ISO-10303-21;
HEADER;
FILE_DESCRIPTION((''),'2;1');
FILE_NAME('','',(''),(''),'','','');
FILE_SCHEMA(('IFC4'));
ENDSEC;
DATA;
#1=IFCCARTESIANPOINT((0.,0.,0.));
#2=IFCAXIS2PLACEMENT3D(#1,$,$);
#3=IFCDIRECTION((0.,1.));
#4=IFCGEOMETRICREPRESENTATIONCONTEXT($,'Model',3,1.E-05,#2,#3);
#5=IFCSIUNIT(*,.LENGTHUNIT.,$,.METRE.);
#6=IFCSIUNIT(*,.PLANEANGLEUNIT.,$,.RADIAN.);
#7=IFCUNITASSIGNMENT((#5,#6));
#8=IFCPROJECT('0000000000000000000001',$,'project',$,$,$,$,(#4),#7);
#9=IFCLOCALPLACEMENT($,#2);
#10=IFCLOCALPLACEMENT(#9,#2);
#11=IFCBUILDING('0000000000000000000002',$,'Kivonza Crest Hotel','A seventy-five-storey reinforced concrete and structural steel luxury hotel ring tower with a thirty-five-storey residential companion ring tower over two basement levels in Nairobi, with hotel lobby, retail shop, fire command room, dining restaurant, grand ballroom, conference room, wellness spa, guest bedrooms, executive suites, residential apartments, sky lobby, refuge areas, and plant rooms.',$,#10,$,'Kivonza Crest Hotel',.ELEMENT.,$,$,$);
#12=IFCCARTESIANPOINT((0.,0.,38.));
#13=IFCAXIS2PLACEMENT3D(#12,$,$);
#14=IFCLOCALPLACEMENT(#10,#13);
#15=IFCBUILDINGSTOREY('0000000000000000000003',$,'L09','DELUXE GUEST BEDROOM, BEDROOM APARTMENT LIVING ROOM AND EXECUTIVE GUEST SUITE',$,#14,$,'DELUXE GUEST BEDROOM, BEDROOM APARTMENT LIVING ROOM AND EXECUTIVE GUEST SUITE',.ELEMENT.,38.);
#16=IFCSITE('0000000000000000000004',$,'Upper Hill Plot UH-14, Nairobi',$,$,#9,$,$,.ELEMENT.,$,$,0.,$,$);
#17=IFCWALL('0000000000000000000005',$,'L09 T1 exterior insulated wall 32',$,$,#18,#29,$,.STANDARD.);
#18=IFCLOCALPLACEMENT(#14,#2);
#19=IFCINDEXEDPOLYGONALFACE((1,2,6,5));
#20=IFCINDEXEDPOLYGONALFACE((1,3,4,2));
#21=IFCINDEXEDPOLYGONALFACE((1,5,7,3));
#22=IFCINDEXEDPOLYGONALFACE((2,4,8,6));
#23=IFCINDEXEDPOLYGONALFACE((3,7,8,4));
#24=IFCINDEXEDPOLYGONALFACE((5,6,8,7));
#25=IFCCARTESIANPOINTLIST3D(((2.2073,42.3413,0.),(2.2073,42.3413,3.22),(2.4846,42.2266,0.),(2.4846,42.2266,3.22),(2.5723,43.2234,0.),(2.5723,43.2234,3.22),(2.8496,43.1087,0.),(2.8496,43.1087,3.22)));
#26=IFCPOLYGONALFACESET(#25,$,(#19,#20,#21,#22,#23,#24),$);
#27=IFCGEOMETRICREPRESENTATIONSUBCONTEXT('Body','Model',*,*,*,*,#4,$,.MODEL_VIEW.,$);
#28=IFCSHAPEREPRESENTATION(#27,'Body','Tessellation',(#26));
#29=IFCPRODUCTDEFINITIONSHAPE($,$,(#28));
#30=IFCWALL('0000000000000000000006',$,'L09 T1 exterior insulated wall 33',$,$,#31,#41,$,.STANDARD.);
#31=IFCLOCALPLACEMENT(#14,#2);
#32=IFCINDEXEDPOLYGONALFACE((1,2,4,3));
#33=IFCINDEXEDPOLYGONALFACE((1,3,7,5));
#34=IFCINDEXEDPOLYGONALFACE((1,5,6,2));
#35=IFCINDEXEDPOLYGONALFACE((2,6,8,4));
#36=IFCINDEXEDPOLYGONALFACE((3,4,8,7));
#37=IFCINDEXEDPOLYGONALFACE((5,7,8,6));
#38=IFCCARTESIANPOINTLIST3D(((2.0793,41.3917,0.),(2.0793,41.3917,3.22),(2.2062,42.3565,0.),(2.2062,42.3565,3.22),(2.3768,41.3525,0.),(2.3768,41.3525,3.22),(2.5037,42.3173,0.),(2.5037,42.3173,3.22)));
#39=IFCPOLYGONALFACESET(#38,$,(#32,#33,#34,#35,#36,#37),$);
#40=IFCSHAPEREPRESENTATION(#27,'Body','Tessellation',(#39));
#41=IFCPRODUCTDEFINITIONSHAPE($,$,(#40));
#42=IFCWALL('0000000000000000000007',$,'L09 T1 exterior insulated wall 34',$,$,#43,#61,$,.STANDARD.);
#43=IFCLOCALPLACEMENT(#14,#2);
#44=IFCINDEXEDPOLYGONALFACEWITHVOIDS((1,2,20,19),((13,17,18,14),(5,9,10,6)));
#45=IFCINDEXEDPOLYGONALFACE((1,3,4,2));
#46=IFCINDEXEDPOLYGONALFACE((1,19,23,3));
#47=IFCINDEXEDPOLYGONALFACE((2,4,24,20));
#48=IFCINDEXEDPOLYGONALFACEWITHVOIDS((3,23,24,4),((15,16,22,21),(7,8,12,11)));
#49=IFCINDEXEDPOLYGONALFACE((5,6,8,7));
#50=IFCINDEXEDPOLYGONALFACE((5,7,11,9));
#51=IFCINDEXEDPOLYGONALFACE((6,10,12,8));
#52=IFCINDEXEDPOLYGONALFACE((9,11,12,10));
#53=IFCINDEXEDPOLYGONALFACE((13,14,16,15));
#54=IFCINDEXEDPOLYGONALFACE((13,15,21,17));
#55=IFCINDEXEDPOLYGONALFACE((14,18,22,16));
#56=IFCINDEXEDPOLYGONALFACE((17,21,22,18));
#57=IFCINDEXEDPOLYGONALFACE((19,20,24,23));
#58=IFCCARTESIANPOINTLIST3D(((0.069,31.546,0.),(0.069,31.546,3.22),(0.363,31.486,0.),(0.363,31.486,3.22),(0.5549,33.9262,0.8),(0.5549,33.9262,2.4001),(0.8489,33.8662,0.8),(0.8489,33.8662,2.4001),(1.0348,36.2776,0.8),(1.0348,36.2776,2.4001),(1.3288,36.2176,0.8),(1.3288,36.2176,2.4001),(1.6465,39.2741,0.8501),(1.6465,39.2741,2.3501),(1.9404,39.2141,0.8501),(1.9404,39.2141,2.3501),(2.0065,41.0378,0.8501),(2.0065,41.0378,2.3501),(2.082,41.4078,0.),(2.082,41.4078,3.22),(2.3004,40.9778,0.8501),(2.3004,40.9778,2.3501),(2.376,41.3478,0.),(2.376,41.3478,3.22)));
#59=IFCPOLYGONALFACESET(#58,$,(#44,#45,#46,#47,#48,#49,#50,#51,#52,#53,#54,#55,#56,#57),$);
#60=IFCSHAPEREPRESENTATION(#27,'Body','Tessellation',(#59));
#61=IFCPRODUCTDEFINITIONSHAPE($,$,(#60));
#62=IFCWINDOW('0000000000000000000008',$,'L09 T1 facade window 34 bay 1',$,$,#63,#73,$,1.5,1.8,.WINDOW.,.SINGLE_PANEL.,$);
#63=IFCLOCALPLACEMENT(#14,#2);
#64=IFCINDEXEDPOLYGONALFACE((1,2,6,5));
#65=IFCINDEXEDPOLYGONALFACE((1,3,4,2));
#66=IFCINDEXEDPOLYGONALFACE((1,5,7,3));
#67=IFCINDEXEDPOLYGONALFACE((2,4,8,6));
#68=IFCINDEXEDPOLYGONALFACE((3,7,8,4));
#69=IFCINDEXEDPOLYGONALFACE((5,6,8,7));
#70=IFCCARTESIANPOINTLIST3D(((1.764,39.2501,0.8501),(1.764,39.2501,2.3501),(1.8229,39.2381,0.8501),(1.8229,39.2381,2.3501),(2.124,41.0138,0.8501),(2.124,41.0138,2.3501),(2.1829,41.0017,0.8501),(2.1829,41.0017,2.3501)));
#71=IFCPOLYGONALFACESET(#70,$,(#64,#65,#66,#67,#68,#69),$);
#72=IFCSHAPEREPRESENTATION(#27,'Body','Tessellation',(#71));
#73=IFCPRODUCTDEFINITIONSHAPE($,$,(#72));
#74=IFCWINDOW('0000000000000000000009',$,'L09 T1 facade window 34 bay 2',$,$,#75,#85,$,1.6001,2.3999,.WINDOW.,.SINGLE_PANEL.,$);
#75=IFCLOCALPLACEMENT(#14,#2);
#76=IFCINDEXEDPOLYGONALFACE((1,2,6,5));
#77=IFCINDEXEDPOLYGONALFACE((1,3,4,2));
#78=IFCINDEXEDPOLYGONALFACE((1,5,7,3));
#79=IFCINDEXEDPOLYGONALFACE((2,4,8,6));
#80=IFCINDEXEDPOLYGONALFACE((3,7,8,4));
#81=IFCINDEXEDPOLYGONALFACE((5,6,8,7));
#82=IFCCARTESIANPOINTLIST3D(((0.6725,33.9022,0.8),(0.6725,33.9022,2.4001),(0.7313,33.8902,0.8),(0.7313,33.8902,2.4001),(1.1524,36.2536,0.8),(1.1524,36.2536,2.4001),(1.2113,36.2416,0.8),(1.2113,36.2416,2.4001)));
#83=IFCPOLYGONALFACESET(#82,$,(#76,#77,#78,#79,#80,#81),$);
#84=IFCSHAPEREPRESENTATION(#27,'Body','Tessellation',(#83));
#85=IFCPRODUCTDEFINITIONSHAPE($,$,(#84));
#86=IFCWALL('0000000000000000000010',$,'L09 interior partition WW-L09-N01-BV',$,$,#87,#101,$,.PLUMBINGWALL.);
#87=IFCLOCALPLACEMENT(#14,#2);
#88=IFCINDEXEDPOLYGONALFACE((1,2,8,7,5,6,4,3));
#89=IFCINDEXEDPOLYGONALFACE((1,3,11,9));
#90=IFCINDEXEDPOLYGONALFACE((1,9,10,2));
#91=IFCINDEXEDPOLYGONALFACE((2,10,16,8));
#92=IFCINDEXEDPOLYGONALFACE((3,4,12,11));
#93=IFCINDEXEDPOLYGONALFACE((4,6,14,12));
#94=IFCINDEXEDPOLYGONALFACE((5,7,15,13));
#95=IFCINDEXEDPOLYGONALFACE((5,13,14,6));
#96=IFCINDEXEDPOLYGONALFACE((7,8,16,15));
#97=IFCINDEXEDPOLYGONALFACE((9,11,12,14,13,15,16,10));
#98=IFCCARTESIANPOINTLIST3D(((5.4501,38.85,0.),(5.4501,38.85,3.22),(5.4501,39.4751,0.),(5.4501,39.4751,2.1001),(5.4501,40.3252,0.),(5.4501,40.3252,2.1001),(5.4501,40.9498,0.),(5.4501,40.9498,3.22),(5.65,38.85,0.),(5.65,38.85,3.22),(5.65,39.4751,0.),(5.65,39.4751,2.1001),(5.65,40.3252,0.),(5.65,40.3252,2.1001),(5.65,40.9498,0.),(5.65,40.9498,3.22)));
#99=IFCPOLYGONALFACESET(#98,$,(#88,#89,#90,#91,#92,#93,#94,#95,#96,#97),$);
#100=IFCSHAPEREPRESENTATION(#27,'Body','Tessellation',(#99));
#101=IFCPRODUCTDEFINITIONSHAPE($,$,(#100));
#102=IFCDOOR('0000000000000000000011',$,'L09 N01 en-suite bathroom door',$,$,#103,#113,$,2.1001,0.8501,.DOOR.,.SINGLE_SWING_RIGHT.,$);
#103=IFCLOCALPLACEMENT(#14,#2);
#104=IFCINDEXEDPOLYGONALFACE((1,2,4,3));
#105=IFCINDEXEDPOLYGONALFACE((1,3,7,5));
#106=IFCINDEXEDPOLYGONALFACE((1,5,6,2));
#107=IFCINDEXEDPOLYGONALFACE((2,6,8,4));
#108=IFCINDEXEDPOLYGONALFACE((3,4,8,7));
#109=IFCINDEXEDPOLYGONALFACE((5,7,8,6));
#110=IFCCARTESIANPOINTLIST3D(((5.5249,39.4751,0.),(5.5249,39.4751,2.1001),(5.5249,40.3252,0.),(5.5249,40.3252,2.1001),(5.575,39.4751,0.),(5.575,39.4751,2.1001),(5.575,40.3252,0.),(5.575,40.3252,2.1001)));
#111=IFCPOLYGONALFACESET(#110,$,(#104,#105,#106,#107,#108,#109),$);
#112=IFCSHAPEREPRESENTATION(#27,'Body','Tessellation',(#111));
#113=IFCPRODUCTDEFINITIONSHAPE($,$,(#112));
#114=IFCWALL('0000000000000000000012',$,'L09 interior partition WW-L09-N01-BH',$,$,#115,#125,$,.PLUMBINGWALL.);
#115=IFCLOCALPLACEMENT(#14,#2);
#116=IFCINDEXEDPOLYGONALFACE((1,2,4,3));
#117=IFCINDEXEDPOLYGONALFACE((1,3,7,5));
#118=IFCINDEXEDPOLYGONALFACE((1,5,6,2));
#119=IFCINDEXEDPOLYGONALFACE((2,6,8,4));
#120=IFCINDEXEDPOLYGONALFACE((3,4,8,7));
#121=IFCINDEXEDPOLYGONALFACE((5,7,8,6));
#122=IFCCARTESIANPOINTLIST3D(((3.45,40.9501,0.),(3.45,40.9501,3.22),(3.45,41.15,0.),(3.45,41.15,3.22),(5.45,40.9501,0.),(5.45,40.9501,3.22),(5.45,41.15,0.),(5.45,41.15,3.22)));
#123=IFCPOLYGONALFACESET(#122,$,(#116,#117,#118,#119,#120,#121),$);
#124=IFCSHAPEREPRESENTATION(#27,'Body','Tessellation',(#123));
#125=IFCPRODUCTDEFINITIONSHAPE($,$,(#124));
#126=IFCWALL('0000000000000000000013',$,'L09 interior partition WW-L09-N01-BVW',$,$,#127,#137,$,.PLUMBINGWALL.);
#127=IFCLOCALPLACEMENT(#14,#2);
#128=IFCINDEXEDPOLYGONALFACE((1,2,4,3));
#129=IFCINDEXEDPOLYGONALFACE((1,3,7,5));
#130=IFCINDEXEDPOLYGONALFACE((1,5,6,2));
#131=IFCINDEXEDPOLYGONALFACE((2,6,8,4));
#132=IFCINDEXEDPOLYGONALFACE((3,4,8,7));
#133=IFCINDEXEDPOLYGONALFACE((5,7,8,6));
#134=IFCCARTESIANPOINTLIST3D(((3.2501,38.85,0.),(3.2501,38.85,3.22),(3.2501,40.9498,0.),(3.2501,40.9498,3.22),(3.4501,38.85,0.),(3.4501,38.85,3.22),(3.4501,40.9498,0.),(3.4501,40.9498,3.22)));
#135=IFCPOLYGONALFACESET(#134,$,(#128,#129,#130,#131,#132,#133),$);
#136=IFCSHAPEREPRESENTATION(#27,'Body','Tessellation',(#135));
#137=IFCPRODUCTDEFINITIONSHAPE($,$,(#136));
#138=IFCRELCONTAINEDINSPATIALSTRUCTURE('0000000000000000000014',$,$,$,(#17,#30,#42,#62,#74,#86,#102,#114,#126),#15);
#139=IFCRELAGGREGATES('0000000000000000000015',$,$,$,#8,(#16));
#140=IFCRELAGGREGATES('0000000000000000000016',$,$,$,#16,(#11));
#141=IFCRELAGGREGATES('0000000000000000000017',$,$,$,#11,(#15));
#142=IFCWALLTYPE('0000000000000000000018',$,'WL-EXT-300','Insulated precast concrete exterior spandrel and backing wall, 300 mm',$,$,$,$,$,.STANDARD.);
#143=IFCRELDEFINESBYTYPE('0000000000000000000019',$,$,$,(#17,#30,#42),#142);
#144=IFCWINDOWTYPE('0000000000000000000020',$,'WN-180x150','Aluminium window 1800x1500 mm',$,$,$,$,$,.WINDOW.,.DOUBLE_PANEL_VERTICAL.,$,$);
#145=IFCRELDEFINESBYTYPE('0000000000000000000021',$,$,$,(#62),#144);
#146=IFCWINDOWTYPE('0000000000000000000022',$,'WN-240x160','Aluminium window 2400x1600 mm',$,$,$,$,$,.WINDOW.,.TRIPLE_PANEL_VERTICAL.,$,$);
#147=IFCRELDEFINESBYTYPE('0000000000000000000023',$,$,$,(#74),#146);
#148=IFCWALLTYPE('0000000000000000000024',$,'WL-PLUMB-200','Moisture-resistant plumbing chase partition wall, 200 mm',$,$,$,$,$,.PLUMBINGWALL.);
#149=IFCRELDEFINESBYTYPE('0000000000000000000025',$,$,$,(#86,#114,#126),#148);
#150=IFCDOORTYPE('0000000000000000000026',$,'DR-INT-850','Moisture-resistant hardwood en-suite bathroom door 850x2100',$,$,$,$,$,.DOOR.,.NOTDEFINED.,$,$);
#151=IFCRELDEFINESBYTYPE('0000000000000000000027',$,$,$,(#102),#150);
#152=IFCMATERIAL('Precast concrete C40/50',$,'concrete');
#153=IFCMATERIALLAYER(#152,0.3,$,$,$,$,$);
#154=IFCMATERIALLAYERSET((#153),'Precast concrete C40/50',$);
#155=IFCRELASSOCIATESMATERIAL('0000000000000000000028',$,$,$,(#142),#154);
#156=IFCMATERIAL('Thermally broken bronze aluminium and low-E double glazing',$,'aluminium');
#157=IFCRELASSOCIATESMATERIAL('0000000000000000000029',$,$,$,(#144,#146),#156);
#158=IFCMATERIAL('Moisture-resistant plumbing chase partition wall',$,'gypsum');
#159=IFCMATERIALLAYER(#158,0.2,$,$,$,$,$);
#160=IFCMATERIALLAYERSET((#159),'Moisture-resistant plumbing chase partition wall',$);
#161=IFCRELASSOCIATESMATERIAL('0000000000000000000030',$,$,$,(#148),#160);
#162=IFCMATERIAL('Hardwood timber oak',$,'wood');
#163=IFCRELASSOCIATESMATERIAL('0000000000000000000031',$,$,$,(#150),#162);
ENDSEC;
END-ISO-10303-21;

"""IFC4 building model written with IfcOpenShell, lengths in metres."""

from ifc_helpers import new_model, si_unit, direction, frame, frame_2d, origin, place, context, subcontext, project, spatial, rectangle, extrude, material, layer, layer_set, type_object, element, fill, save


model = new_model("IFC4")

# Units and contexts
model_context = context("Model", 3, precision=1e-05, world=origin(), true_north=direction((0.0, 1.0)))
body_context = subcontext(model_context, "Body", "Model", "MODEL_VIEW")
ifc_project = project(units=[si_unit("LENGTHUNIT", "METRE"), si_unit("PLANEANGLEUNIT", "RADIAN")], contexts=[model_context])

# Site, building, storey
site_placement = place(None, origin())
site = spatial("IfcSite", under=ifc_project, at=site_placement, Name="Upper Hill Plot UH-14, Nairobi", CompositionType="ELEMENT", RefElevation=0.0)
building_placement = place(site_placement, origin())
building = spatial("IfcBuilding", under=site, at=building_placement, Name="Kivonza Crest Hotel", Description="A seventy-five-storey reinforced concrete and structural steel luxury hotel ring tower with a thirty-five-storey residential companion ring tower over two basement levels in Nairobi, with hotel lobby, retail shop, fire command room, dining restaurant, grand ballroom, conference room, wellness spa, guest bedrooms, executive suites, residential apartments, sky lobby, refuge areas, and plant rooms.", LongName="Kivonza Crest Hotel", CompositionType="ELEMENT")
storey_placement = place(building_placement, frame((0.0, 0.0, 38.0)))
storey = spatial("IfcBuildingStorey", under=building, at=storey_placement, Name="L09", Description="DELUXE GUEST BEDROOM, BEDROOM APARTMENT LIVING ROOM AND EXECUTIVE GUEST SUITE", LongName="DELUXE GUEST BEDROOM, BEDROOM APARTMENT LIVING ROOM AND EXECUTIVE GUEST SUITE", CompositionType="ELEMENT", Elevation=38.0)

# Shared definitions
ifc_material_1 = material(Name="Hardwood timber oak", Category="wood")

# Walls
ifc_material_2 = material(Name="Precast concrete C40/50", Category="concrete")
ifc_layer_1 = layer(ifc_material_2, 0.3)
ifc_layer_set_1 = layer_set([ifc_layer_1], Name="Precast concrete C40/50")
wall_type_1 = type_object("IfcWallType", Name="WL-EXT-300", Description="Insulated precast concrete exterior spandrel and backing wall, 300 mm", PredefinedType="STANDARD", material=ifc_layer_set_1)
wall_1_placement = place(storey_placement, frame((2.7109, 43.166, 0.0), z_axis=(0.0, 0.0, 1.0), x_axis=(-0.382344, -0.92402, 0.0)))
element("IfcWall", 1, at=wall_1_placement, inside=storey, type_object=wall_type_1, Name="L09 T1 exterior insulated wall 32", PredefinedType="STANDARD", context=body_context, shape_type="SweptSolid", body=[
    extrude(rectangle(XDim=0.9546, YDim=0.3, at=frame_2d((0.4773, 0.0))), origin(), (0.0, 0.0, 1.0), 3.22),
])
wall_2_placement = place(storey_placement, frame((2.355, 42.3369, 0.0), z_axis=(0.0, 0.0, 1.0), x_axis=(-0.130455, -0.991454, 0.0)))
element("IfcWall", 2, at=wall_2_placement, inside=storey, type_object=wall_type_1, Name="L09 T1 exterior insulated wall 33", PredefinedType="STANDARD", context=body_context, shape_type="SweptSolid", body=[
    extrude(rectangle(XDim=0.9731, YDim=0.3, at=frame_2d((0.4866, 0.0))), origin(), (0.0, 0.0, 1.0), 3.22),
])

# Wall, openings, windows
wall_3_placement = place(storey_placement, frame((2.229, 41.3779, 0.0), z_axis=(0.0, 0.0, 1.0), x_axis=(-0.199991, -0.979798, 0.0)))
wall_3 = element("IfcWall", 3, at=wall_3_placement, inside=storey, type_object=wall_type_1, Name="L09 T1 exterior insulated wall 34", PredefinedType="STANDARD", context=body_context, shape_type="SweptSolid", body=[
    extrude(rectangle(XDim=10.0652, YDim=0.3, at=frame_2d((5.0327, 0.0))), origin(), (0.0, 0.0, 1.0), 3.22),
])
opening_1_placement = place(wall_3_placement, frame((0.3779, 0.0, 0.8501)))
opening_1 = element("IfcOpeningElement", 4, at=opening_1_placement, cuts=wall_3, PredefinedType="OPENING", context=body_context, shape_type="SweptSolid", body=[
    extrude(rectangle(XDim=1.8, YDim=1.5, at=frame_2d((0.8999, 0.75))), frame((0.0, 0.1602, 0.0), z_axis=(0.0, -1.0, 0.0), x_axis=(1.0, 0.0, 0.0)), (0.0, 0.0, 1.0), 0.3201),
])
opening_2_placement = place(wall_3_placement, frame((5.2361, 0.0, 0.8)))
opening_2 = element("IfcOpeningElement", 5, at=opening_2_placement, cuts=wall_3, PredefinedType="OPENING", context=body_context, shape_type="SweptSolid", body=[
    extrude(rectangle(XDim=2.3999, YDim=1.6001, at=frame_2d((1.2, 0.8))), frame((0.0, 0.1602, 0.0), z_axis=(0.0, -1.0, 0.0), x_axis=(1.0, 0.0, 0.0)), (0.0, 0.0, 1.0), 0.3201),
])
ifc_material_3 = material(Name="Thermally broken bronze aluminium and low-E double glazing", Category="aluminium")
window_type_1 = type_object("IfcWindowType", Name="WN-180x150", Description="Aluminium window 1800x1500 mm", PartitioningType="DOUBLE_PANEL_VERTICAL", PredefinedType="WINDOW", material=ifc_material_3)
window_1_placement = place(opening_1_placement, origin())
window_1 = element("IfcWindow", 6, at=window_1_placement, inside=storey, type_object=window_type_1, Name="L09 T1 facade window 34 bay 1", OverallHeight=1.5, OverallWidth=1.8, PartitioningType="SINGLE_PANEL", PredefinedType="WINDOW", context=body_context, shape_type="SweptSolid", body=[
    extrude(rectangle(XDim=1.8, YDim=1.5, at=frame_2d((0.8999, 0.75))), frame((0.0, 0.03, 0.0), z_axis=(0.0, -1.0, 0.0), x_axis=(1.0, 0.0, 0.0)), (0.0, 0.0, 1.0), 0.0601),
])
fill(opening_1, window_1)
window_type_2 = type_object("IfcWindowType", Name="WN-240x160", Description="Aluminium window 2400x1600 mm", PartitioningType="TRIPLE_PANEL_VERTICAL", PredefinedType="WINDOW", material=ifc_material_3)
window_2_placement = place(opening_2_placement, origin())
window_2 = element("IfcWindow", 7, at=window_2_placement, inside=storey, type_object=window_type_2, Name="L09 T1 facade window 34 bay 2", OverallHeight=1.6001, OverallWidth=2.3999, PartitioningType="SINGLE_PANEL", PredefinedType="WINDOW", context=body_context, shape_type="SweptSolid", body=[
    extrude(rectangle(XDim=2.3999, YDim=1.6001, at=frame_2d((1.2, 0.8))), frame((0.0, 0.03, 0.0), z_axis=(0.0, -1.0, 0.0), x_axis=(1.0, 0.0, 0.0)), (0.0, 0.0, 1.0), 0.0601),
])
fill(opening_2, window_2)

# Wall, opening, door
ifc_material_4 = material(Name="Moisture-resistant plumbing chase partition wall", Category="gypsum")
ifc_layer_2 = layer(ifc_material_4, 0.2)
ifc_layer_set_2 = layer_set([ifc_layer_2], Name="Moisture-resistant plumbing chase partition wall")
wall_type_2 = type_object("IfcWallType", Name="WL-PLUMB-200", Description="Moisture-resistant plumbing chase partition wall, 200 mm", PredefinedType="PLUMBINGWALL", material=ifc_layer_set_2)
wall_4_placement = place(storey_placement, frame((5.55, 38.8501, 0.0), z_axis=(0.0, 0.0, 1.0), x_axis=(0.0, 1.0, 0.0)))
wall_4 = element("IfcWall", 8, at=wall_4_placement, inside=storey, type_object=wall_type_2, Name="L09 interior partition WW-L09-N01-BV", PredefinedType="PLUMBINGWALL", context=body_context, shape_type="SweptSolid", body=[
    extrude(rectangle(XDim=2.0999, YDim=0.2, at=frame_2d((1.0498, 0.0))), origin(), (0.0, 0.0, 1.0), 3.22),
])
opening_3_placement = place(wall_4_placement, frame((0.625, 0.0, 0.0)))
opening_3 = element("IfcOpeningElement", 9, at=opening_3_placement, cuts=wall_4, PredefinedType="OPENING", context=body_context, shape_type="SweptSolid", body=[
    extrude(rectangle(XDim=0.8501, YDim=2.1001, at=frame_2d((0.425, 1.05))), frame((0.0, 0.1099, 0.0), z_axis=(0.0, -1.0, 0.0), x_axis=(1.0, 0.0, 0.0)), (0.0, 0.0, 1.0), 0.22),
])
door_type_1 = type_object("IfcDoorType", Name="DR-INT-850", Description="Moisture-resistant hardwood en-suite bathroom door 850x2100", OperationType="NOTDEFINED", PredefinedType="DOOR", material=ifc_material_1)
door_1_placement = place(opening_3_placement, frame((0.8501, 0.0, 0.0), z_axis=(0.0, 0.0, 1.0), x_axis=(-1.0, 0.0, 0.0)))
door_1 = element("IfcDoor", 10, at=door_1_placement, inside=storey, type_object=door_type_1, Name="L09 N01 en-suite bathroom door", OperationType="SINGLE_SWING_RIGHT", OverallHeight=2.1001, OverallWidth=0.8501, PredefinedType="DOOR", context=body_context, shape_type="SweptSolid", body=[
    extrude(rectangle(XDim=0.8501, YDim=2.1001, at=frame_2d((0.425, 1.05))), frame((0.0, 0.0249, 0.0), z_axis=(0.0, -1.0, 0.0), x_axis=(1.0, 0.0, 0.0)), (0.0, 0.0, 1.0), 0.05),
])
fill(opening_3, door_1)

# Walls
wall_5_placement = place(storey_placement, frame((3.45, 41.05, 0.0), z_axis=(0.0, 0.0, 1.0), x_axis=(1.0, 0.0, 0.0)))
element("IfcWall", 11, at=wall_5_placement, inside=storey, type_object=wall_type_2, Name="L09 interior partition WW-L09-N01-BH", PredefinedType="PLUMBINGWALL", context=body_context, shape_type="SweptSolid", body=[
    extrude(rectangle(XDim=2.0, YDim=0.2, at=frame_2d((1.0, 0.0))), origin(), (0.0, 0.0, 1.0), 3.22),
])
wall_6_placement = place(storey_placement, frame((3.3501, 38.8501, 0.0), z_axis=(0.0, 0.0, 1.0), x_axis=(0.0, 1.0, 0.0)))
element("IfcWall", 12, at=wall_6_placement, inside=storey, type_object=wall_type_2, Name="L09 interior partition WW-L09-N01-BVW", PredefinedType="PLUMBINGWALL", context=body_context, shape_type="SweptSolid", body=[
    extrude(rectangle(XDim=2.0999, YDim=0.2, at=frame_2d((1.0498, 0.0))), origin(), (0.0, 0.0, 1.0), 3.22),
])

save(model, "model.ifc")
